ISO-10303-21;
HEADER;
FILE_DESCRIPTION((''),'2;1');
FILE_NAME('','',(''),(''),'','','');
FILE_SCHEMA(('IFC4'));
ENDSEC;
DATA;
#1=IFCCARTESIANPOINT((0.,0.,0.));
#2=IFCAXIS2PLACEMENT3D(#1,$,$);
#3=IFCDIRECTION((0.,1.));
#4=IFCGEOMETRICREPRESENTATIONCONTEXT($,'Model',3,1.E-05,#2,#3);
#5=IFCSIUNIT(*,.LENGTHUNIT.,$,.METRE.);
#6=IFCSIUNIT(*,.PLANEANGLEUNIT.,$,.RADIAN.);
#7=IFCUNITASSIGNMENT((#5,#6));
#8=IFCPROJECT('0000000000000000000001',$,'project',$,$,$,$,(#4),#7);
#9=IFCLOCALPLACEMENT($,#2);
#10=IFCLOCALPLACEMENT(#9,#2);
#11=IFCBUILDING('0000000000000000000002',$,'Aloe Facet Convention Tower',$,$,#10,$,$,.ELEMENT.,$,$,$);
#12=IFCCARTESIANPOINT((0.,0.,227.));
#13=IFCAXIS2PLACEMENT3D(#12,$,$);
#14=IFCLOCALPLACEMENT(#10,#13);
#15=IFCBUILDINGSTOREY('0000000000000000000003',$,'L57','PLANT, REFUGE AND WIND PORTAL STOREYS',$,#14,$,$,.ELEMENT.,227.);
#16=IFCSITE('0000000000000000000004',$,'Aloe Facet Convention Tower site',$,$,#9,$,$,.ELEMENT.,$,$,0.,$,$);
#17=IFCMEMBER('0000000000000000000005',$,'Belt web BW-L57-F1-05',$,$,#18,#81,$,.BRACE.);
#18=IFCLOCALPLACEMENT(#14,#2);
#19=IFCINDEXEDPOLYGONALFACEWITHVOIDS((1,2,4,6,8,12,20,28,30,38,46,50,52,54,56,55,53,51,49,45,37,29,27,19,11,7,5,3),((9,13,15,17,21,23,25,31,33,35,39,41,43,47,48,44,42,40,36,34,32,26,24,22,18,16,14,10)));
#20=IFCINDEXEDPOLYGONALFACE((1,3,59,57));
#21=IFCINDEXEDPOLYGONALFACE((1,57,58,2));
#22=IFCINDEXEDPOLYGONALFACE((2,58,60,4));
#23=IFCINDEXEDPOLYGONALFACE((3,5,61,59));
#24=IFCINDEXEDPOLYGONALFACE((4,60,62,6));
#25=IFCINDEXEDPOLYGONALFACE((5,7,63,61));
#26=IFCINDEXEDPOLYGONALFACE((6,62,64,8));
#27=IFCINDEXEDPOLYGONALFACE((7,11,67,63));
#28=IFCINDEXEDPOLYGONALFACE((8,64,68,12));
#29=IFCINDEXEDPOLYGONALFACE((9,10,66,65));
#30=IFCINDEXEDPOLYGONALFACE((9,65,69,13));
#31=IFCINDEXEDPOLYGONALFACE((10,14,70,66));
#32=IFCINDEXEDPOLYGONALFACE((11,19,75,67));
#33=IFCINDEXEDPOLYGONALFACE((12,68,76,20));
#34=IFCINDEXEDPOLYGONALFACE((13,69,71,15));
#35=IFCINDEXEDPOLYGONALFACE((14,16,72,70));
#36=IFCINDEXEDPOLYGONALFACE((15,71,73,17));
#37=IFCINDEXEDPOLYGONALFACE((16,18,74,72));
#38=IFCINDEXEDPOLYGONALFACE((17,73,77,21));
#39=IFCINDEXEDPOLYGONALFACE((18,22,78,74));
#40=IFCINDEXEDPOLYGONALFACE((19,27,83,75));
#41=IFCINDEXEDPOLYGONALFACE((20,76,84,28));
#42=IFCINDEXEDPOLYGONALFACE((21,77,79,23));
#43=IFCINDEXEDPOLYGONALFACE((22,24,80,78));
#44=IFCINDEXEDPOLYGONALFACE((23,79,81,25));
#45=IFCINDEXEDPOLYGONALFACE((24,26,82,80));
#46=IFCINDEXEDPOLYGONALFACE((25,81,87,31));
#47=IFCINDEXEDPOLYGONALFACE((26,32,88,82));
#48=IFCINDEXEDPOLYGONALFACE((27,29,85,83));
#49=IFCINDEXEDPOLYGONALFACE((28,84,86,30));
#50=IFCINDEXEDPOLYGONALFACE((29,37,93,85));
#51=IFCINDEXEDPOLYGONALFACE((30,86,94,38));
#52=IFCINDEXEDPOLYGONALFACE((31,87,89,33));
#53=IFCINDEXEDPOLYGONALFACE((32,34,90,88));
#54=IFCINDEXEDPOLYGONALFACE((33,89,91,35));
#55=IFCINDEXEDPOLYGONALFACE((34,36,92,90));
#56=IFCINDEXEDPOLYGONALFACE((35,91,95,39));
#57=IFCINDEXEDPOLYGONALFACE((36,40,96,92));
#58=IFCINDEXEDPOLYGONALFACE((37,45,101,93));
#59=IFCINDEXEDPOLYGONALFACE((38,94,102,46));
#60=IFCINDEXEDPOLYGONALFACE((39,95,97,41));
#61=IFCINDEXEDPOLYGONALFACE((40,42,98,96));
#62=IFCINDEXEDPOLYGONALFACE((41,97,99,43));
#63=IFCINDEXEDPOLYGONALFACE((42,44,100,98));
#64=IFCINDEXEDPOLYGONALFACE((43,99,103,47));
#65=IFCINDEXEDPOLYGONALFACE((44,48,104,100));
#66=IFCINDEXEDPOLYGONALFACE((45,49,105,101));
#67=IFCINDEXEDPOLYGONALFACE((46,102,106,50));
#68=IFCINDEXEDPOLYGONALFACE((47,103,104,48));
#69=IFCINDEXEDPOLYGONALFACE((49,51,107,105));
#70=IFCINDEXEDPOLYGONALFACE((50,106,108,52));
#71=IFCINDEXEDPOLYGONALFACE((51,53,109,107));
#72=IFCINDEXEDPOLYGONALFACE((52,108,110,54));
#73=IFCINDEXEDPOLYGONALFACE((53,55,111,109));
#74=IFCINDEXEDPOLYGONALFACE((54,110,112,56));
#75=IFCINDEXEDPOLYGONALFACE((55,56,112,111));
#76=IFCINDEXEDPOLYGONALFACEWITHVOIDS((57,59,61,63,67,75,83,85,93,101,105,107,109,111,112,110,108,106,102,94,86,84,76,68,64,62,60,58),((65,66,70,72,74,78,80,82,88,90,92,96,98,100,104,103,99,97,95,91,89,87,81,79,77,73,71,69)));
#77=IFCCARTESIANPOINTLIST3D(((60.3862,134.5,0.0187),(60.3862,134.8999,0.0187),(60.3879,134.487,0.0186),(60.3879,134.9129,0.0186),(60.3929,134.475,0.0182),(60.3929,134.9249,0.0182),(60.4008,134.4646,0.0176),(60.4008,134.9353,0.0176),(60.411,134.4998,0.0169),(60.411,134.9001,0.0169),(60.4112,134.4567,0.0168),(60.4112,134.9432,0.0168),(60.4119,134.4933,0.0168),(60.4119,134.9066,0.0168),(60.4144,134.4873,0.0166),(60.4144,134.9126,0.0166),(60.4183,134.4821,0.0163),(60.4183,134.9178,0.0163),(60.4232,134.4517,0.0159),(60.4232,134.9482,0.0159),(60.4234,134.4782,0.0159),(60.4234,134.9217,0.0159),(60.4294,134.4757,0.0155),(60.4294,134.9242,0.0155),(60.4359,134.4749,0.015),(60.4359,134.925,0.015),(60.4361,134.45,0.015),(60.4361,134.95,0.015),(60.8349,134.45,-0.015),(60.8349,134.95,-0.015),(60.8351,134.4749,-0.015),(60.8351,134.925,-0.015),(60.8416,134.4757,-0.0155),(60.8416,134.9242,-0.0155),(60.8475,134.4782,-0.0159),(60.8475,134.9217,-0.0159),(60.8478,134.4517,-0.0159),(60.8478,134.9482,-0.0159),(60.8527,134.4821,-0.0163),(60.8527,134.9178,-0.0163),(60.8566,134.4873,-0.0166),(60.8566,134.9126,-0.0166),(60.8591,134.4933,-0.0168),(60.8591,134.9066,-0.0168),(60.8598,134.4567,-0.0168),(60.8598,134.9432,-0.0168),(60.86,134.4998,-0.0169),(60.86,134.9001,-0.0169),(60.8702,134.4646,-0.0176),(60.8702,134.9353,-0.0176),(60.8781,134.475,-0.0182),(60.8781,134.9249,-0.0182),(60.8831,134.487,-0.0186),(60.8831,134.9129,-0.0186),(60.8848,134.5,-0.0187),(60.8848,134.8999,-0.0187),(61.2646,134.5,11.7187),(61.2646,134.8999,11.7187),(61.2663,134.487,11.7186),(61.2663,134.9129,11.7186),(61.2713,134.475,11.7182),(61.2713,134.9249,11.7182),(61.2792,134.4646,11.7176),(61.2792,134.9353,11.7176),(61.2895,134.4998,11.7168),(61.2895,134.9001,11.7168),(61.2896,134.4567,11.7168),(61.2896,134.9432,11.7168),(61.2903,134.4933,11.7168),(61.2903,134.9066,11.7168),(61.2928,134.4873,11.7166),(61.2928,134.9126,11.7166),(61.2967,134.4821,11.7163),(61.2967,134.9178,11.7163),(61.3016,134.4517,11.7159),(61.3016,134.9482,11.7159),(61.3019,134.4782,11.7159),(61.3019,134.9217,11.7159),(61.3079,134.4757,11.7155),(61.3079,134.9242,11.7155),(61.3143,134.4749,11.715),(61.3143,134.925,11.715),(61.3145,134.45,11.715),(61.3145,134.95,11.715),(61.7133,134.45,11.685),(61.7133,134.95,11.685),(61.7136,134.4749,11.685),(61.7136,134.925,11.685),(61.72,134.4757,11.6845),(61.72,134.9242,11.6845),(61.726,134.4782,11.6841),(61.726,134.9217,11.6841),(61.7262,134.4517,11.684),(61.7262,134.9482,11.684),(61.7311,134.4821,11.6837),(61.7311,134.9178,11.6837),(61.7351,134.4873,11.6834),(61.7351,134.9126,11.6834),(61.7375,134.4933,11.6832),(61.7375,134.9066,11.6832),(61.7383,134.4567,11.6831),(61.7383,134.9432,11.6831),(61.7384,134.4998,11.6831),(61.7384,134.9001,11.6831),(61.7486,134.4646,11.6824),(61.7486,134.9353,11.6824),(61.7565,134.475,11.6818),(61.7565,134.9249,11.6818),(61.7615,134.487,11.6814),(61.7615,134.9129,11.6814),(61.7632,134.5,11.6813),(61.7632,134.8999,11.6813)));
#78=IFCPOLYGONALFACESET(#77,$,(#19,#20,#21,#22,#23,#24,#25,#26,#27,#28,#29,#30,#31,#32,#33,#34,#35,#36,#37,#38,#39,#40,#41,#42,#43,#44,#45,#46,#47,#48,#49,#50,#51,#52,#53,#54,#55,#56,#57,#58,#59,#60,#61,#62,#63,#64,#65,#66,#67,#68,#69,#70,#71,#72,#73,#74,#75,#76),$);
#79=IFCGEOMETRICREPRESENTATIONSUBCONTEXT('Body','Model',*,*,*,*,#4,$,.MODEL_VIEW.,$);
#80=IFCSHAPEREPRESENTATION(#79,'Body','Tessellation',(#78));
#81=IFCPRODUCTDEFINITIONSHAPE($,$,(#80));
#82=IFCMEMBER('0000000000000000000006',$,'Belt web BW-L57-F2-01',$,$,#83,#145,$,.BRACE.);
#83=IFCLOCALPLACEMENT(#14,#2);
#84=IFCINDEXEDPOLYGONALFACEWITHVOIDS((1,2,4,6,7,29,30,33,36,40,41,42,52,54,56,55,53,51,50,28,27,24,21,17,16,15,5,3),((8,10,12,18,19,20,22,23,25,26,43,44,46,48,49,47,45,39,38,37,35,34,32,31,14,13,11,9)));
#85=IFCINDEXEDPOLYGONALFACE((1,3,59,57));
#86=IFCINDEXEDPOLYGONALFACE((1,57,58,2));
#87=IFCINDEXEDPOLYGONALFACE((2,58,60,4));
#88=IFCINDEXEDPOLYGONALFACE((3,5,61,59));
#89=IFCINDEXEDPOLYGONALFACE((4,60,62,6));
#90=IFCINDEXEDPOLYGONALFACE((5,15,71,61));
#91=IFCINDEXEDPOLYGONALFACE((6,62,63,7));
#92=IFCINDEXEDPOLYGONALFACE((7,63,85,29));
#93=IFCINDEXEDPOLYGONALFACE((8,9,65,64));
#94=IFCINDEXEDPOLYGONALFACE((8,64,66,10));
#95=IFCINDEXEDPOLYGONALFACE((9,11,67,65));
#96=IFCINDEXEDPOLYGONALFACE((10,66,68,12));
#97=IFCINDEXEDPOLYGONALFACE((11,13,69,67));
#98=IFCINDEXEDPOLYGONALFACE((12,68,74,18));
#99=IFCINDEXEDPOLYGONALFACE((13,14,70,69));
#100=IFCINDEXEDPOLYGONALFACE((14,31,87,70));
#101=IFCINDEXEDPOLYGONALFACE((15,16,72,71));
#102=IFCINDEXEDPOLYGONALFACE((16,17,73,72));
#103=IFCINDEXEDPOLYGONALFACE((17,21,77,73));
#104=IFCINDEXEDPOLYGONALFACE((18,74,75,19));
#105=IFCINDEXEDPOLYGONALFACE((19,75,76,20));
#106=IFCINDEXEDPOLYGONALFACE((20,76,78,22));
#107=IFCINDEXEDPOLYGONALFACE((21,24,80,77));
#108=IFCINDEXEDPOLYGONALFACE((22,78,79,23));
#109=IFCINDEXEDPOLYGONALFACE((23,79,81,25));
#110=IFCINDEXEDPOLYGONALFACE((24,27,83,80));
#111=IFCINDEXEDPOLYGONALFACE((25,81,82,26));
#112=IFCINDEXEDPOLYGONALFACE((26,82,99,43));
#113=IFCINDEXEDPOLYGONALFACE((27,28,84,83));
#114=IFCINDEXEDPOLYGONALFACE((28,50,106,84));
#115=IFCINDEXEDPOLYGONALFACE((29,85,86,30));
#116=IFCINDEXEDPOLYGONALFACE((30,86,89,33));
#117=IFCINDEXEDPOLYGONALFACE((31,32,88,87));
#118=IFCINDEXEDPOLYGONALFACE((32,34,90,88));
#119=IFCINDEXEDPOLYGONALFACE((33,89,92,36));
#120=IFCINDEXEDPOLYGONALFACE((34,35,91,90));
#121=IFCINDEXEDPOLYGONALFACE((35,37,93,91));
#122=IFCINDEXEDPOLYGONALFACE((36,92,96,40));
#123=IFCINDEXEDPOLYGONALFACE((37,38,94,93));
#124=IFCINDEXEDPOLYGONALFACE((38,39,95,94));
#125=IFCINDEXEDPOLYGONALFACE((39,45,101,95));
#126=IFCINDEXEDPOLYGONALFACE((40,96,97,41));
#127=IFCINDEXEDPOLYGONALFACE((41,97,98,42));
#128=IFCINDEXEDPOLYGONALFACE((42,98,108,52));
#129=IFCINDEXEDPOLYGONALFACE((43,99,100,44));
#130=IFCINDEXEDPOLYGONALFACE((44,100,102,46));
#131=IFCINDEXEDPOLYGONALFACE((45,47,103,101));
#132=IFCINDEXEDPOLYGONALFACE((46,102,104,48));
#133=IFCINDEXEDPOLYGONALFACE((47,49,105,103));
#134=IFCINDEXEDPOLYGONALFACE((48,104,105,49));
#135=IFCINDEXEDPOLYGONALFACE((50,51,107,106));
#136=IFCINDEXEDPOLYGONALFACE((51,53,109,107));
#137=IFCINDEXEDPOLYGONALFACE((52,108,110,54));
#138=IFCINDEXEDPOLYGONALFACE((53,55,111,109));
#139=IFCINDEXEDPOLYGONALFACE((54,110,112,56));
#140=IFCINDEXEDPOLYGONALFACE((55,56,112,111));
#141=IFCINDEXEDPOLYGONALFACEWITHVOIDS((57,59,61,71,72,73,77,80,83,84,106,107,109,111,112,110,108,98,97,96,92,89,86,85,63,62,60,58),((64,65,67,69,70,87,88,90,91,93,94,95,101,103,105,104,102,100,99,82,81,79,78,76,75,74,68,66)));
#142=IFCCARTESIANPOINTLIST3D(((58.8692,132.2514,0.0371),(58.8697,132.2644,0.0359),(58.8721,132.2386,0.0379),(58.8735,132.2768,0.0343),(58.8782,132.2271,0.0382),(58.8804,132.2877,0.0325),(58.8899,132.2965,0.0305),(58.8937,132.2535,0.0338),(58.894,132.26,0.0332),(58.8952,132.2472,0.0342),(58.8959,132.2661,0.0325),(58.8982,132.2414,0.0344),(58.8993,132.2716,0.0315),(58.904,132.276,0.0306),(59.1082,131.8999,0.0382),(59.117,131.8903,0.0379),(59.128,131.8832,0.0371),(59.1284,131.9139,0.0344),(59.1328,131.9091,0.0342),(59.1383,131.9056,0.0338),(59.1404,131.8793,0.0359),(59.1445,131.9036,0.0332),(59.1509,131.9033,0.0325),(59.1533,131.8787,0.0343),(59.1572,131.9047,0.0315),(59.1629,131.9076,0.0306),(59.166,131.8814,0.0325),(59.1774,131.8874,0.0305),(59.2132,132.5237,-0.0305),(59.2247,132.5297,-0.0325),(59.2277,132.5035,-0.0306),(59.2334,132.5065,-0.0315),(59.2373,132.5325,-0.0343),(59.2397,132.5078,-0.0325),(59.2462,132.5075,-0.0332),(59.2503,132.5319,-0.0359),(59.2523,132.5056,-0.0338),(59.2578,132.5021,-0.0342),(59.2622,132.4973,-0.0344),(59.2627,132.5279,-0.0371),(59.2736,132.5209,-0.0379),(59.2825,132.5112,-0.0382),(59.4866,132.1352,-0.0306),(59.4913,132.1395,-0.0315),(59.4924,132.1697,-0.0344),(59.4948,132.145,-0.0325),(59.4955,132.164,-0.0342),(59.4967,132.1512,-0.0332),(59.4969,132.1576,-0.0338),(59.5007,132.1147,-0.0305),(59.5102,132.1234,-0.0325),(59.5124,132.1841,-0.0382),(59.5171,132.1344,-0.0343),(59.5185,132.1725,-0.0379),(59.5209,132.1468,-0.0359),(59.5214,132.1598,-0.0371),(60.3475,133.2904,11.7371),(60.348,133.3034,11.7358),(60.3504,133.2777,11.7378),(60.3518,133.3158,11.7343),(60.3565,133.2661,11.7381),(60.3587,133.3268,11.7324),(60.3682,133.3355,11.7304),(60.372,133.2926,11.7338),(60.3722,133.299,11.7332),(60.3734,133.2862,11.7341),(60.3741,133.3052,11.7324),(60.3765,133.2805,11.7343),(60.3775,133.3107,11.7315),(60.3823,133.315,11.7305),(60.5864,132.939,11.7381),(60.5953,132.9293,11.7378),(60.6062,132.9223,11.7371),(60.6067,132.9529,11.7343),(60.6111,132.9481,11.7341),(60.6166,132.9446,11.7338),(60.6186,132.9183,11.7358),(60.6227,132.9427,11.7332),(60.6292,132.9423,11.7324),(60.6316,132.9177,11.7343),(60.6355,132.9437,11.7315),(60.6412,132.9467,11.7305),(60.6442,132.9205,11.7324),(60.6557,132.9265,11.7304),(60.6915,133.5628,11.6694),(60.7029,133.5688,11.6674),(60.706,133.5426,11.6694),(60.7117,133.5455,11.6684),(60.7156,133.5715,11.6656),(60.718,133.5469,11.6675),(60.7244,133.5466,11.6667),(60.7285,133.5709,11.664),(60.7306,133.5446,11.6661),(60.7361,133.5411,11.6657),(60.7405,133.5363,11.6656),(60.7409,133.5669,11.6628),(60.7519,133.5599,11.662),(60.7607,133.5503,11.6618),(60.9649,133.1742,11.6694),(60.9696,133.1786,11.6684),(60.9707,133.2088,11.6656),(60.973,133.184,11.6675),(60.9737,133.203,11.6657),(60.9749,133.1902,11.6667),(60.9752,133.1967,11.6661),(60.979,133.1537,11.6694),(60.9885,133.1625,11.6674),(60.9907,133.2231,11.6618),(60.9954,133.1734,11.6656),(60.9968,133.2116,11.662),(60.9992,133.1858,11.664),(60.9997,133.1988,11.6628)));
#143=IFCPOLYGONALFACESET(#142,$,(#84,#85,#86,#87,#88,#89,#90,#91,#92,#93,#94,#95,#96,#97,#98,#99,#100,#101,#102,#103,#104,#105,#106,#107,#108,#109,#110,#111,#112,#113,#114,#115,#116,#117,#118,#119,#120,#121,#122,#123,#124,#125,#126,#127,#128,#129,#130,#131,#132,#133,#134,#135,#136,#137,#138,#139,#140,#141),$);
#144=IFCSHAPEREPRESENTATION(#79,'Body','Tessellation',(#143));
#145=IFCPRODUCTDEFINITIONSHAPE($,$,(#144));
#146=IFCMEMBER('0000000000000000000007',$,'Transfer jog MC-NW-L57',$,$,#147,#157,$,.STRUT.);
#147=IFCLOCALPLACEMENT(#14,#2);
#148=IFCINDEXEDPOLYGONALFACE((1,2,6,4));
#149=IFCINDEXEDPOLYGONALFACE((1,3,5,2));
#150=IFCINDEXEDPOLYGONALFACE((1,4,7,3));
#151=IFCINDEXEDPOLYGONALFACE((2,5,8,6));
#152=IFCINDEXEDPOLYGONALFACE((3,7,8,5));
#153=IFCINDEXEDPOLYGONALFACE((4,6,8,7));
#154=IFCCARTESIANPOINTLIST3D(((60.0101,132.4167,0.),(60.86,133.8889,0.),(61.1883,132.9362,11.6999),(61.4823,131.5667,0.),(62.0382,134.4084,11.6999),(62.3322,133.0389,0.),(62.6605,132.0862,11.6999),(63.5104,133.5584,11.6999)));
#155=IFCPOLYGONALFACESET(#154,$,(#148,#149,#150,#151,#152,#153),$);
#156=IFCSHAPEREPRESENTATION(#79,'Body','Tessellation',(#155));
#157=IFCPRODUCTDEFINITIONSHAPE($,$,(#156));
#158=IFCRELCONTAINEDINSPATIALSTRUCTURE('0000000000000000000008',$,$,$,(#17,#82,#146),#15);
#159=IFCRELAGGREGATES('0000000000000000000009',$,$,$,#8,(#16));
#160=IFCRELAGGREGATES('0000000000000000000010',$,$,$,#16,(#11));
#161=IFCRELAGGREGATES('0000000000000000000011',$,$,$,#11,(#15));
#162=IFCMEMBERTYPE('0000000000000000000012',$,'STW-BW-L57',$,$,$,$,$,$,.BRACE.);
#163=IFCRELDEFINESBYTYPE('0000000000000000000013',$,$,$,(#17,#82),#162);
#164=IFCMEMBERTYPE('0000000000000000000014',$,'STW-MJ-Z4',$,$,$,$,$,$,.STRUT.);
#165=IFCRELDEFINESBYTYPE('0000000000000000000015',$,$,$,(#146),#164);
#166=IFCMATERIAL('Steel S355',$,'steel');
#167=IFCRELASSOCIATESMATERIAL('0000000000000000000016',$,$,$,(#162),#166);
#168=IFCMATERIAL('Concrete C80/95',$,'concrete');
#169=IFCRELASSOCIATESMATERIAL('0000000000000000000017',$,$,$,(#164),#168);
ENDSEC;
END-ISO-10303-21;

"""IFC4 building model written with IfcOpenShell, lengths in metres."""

from ifc_helpers import new_model, si_unit, direction, frame, origin, origin_2d, place, context, subcontext, project, spatial, rectangle, hollow_rectangle, extrude, material, material_profile, profile_set, type_object, element, save


model = new_model("IFC4")

# Units and contexts
model_context = context("Model", 3, precision=1e-05, world=origin(), true_north=direction((0.0, 1.0)))
body_context = subcontext(model_context, "Body", "Model", "MODEL_VIEW")
ifc_project = project(units=[si_unit("LENGTHUNIT", "METRE"), si_unit("PLANEANGLEUNIT", "RADIAN")], contexts=[model_context])

# Site, building, storey
site_placement = place(None, origin())
site = spatial("IfcSite", under=ifc_project, at=site_placement, Name="Aloe Facet Convention Tower site", CompositionType="ELEMENT", RefElevation=0.0)
building_placement = place(site_placement, origin())
building = spatial("IfcBuilding", under=site, at=building_placement, Name="Aloe Facet Convention Tower", CompositionType="ELEMENT")
storey_placement = place(building_placement, frame((0.0, 0.0, 227.0)))
storey = spatial("IfcBuildingStorey", under=building, at=storey_placement, Name="L57", Description="PLANT, REFUGE AND WIND PORTAL STOREYS", CompositionType="ELEMENT", Elevation=227.0)

# Members
ifc_material_1 = material(Name="Steel S355", Category="steel")
ifc_material_profile_1 = material_profile(ifc_material_1, hollow_rectangle(XDim=0.5, YDim=0.5, WallThickness=0.0249, InnerFilletRadius=0.0249, OuterFilletRadius=0.05, at=origin_2d()), Name="SHS 500x500x25")
ifc_profile_set_1 = profile_set([ifc_material_profile_1], Name="Steel S355")
member_type_1 = type_object("IfcMemberType", Name="STW-BW-L57", PredefinedType="BRACE", material=ifc_profile_set_1)
member_1_placement = place(storey_placement, frame((60.6355, 134.7, 0.0), z_axis=(0.074868, 0.0, 0.997193), x_axis=(0.0, 1.0, 0.0)))
element("IfcMember", 1, at=member_1_placement, inside=storey, type_object=member_type_1, Name="Belt web BW-L57-F1-05", PredefinedType="BRACE", context=body_context, shape_type="SweptSolid", body=[
    extrude(hollow_rectangle(XDim=0.5, YDim=0.5, WallThickness=0.0249, InnerFilletRadius=0.0249, OuterFilletRadius=0.05, at=origin_2d()), origin(), (0.0, 0.0, 1.0), 11.7329),
])
member_2_placement = place(storey_placement, frame((59.1953, 132.2056, 0.0), z_axis=(0.124868, 0.087769, 0.988284), x_axis=(-0.575048, 0.81812, 0.0)))
element("IfcMember", 2, at=member_2_placement, inside=storey, type_object=member_type_1, Name="Belt web BW-L57-F2-01", PredefinedType="BRACE", context=body_context, shape_type="SweptSolid", body=[
    extrude(hollow_rectangle(XDim=0.5, YDim=0.5, WallThickness=0.0249, InnerFilletRadius=0.0249, OuterFilletRadius=0.05, at=origin_2d()), origin(), (0.0, 0.0, 1.0), 11.8386),
])
ifc_material_2 = material(Name="Concrete C80/95", Category="concrete")
ifc_material_profile_2 = material_profile(ifc_material_2, rectangle(XDim=1.7, YDim=1.7, at=origin_2d()), Name="STW-MJ-Z4")
ifc_profile_set_2 = profile_set([ifc_material_profile_2], Name="Concrete C80/95")
member_type_2 = type_object("IfcMemberType", Name="STW-MJ-Z4", PredefinedType="STRUT", material=ifc_profile_set_2)
member_3_placement = place(storey_placement, frame((61.1711, 132.7278, 0.0), z_axis=(0.0, 0.0, 1.0), x_axis=(-0.5, -0.866025, 0.0)))
element("IfcMember", 3, at=member_3_placement, inside=storey, type_object=member_type_2, Name="Transfer jog MC-NW-L57", PredefinedType="STRUT", context=body_context, shape_type="SweptSolid", body=[
    extrude(rectangle(XDim=1.7, YDim=1.7, at=origin_2d()), origin(), (-0.088274, 0.064619, 0.993998), 11.7705),
])

save(model, "model.ifc")
